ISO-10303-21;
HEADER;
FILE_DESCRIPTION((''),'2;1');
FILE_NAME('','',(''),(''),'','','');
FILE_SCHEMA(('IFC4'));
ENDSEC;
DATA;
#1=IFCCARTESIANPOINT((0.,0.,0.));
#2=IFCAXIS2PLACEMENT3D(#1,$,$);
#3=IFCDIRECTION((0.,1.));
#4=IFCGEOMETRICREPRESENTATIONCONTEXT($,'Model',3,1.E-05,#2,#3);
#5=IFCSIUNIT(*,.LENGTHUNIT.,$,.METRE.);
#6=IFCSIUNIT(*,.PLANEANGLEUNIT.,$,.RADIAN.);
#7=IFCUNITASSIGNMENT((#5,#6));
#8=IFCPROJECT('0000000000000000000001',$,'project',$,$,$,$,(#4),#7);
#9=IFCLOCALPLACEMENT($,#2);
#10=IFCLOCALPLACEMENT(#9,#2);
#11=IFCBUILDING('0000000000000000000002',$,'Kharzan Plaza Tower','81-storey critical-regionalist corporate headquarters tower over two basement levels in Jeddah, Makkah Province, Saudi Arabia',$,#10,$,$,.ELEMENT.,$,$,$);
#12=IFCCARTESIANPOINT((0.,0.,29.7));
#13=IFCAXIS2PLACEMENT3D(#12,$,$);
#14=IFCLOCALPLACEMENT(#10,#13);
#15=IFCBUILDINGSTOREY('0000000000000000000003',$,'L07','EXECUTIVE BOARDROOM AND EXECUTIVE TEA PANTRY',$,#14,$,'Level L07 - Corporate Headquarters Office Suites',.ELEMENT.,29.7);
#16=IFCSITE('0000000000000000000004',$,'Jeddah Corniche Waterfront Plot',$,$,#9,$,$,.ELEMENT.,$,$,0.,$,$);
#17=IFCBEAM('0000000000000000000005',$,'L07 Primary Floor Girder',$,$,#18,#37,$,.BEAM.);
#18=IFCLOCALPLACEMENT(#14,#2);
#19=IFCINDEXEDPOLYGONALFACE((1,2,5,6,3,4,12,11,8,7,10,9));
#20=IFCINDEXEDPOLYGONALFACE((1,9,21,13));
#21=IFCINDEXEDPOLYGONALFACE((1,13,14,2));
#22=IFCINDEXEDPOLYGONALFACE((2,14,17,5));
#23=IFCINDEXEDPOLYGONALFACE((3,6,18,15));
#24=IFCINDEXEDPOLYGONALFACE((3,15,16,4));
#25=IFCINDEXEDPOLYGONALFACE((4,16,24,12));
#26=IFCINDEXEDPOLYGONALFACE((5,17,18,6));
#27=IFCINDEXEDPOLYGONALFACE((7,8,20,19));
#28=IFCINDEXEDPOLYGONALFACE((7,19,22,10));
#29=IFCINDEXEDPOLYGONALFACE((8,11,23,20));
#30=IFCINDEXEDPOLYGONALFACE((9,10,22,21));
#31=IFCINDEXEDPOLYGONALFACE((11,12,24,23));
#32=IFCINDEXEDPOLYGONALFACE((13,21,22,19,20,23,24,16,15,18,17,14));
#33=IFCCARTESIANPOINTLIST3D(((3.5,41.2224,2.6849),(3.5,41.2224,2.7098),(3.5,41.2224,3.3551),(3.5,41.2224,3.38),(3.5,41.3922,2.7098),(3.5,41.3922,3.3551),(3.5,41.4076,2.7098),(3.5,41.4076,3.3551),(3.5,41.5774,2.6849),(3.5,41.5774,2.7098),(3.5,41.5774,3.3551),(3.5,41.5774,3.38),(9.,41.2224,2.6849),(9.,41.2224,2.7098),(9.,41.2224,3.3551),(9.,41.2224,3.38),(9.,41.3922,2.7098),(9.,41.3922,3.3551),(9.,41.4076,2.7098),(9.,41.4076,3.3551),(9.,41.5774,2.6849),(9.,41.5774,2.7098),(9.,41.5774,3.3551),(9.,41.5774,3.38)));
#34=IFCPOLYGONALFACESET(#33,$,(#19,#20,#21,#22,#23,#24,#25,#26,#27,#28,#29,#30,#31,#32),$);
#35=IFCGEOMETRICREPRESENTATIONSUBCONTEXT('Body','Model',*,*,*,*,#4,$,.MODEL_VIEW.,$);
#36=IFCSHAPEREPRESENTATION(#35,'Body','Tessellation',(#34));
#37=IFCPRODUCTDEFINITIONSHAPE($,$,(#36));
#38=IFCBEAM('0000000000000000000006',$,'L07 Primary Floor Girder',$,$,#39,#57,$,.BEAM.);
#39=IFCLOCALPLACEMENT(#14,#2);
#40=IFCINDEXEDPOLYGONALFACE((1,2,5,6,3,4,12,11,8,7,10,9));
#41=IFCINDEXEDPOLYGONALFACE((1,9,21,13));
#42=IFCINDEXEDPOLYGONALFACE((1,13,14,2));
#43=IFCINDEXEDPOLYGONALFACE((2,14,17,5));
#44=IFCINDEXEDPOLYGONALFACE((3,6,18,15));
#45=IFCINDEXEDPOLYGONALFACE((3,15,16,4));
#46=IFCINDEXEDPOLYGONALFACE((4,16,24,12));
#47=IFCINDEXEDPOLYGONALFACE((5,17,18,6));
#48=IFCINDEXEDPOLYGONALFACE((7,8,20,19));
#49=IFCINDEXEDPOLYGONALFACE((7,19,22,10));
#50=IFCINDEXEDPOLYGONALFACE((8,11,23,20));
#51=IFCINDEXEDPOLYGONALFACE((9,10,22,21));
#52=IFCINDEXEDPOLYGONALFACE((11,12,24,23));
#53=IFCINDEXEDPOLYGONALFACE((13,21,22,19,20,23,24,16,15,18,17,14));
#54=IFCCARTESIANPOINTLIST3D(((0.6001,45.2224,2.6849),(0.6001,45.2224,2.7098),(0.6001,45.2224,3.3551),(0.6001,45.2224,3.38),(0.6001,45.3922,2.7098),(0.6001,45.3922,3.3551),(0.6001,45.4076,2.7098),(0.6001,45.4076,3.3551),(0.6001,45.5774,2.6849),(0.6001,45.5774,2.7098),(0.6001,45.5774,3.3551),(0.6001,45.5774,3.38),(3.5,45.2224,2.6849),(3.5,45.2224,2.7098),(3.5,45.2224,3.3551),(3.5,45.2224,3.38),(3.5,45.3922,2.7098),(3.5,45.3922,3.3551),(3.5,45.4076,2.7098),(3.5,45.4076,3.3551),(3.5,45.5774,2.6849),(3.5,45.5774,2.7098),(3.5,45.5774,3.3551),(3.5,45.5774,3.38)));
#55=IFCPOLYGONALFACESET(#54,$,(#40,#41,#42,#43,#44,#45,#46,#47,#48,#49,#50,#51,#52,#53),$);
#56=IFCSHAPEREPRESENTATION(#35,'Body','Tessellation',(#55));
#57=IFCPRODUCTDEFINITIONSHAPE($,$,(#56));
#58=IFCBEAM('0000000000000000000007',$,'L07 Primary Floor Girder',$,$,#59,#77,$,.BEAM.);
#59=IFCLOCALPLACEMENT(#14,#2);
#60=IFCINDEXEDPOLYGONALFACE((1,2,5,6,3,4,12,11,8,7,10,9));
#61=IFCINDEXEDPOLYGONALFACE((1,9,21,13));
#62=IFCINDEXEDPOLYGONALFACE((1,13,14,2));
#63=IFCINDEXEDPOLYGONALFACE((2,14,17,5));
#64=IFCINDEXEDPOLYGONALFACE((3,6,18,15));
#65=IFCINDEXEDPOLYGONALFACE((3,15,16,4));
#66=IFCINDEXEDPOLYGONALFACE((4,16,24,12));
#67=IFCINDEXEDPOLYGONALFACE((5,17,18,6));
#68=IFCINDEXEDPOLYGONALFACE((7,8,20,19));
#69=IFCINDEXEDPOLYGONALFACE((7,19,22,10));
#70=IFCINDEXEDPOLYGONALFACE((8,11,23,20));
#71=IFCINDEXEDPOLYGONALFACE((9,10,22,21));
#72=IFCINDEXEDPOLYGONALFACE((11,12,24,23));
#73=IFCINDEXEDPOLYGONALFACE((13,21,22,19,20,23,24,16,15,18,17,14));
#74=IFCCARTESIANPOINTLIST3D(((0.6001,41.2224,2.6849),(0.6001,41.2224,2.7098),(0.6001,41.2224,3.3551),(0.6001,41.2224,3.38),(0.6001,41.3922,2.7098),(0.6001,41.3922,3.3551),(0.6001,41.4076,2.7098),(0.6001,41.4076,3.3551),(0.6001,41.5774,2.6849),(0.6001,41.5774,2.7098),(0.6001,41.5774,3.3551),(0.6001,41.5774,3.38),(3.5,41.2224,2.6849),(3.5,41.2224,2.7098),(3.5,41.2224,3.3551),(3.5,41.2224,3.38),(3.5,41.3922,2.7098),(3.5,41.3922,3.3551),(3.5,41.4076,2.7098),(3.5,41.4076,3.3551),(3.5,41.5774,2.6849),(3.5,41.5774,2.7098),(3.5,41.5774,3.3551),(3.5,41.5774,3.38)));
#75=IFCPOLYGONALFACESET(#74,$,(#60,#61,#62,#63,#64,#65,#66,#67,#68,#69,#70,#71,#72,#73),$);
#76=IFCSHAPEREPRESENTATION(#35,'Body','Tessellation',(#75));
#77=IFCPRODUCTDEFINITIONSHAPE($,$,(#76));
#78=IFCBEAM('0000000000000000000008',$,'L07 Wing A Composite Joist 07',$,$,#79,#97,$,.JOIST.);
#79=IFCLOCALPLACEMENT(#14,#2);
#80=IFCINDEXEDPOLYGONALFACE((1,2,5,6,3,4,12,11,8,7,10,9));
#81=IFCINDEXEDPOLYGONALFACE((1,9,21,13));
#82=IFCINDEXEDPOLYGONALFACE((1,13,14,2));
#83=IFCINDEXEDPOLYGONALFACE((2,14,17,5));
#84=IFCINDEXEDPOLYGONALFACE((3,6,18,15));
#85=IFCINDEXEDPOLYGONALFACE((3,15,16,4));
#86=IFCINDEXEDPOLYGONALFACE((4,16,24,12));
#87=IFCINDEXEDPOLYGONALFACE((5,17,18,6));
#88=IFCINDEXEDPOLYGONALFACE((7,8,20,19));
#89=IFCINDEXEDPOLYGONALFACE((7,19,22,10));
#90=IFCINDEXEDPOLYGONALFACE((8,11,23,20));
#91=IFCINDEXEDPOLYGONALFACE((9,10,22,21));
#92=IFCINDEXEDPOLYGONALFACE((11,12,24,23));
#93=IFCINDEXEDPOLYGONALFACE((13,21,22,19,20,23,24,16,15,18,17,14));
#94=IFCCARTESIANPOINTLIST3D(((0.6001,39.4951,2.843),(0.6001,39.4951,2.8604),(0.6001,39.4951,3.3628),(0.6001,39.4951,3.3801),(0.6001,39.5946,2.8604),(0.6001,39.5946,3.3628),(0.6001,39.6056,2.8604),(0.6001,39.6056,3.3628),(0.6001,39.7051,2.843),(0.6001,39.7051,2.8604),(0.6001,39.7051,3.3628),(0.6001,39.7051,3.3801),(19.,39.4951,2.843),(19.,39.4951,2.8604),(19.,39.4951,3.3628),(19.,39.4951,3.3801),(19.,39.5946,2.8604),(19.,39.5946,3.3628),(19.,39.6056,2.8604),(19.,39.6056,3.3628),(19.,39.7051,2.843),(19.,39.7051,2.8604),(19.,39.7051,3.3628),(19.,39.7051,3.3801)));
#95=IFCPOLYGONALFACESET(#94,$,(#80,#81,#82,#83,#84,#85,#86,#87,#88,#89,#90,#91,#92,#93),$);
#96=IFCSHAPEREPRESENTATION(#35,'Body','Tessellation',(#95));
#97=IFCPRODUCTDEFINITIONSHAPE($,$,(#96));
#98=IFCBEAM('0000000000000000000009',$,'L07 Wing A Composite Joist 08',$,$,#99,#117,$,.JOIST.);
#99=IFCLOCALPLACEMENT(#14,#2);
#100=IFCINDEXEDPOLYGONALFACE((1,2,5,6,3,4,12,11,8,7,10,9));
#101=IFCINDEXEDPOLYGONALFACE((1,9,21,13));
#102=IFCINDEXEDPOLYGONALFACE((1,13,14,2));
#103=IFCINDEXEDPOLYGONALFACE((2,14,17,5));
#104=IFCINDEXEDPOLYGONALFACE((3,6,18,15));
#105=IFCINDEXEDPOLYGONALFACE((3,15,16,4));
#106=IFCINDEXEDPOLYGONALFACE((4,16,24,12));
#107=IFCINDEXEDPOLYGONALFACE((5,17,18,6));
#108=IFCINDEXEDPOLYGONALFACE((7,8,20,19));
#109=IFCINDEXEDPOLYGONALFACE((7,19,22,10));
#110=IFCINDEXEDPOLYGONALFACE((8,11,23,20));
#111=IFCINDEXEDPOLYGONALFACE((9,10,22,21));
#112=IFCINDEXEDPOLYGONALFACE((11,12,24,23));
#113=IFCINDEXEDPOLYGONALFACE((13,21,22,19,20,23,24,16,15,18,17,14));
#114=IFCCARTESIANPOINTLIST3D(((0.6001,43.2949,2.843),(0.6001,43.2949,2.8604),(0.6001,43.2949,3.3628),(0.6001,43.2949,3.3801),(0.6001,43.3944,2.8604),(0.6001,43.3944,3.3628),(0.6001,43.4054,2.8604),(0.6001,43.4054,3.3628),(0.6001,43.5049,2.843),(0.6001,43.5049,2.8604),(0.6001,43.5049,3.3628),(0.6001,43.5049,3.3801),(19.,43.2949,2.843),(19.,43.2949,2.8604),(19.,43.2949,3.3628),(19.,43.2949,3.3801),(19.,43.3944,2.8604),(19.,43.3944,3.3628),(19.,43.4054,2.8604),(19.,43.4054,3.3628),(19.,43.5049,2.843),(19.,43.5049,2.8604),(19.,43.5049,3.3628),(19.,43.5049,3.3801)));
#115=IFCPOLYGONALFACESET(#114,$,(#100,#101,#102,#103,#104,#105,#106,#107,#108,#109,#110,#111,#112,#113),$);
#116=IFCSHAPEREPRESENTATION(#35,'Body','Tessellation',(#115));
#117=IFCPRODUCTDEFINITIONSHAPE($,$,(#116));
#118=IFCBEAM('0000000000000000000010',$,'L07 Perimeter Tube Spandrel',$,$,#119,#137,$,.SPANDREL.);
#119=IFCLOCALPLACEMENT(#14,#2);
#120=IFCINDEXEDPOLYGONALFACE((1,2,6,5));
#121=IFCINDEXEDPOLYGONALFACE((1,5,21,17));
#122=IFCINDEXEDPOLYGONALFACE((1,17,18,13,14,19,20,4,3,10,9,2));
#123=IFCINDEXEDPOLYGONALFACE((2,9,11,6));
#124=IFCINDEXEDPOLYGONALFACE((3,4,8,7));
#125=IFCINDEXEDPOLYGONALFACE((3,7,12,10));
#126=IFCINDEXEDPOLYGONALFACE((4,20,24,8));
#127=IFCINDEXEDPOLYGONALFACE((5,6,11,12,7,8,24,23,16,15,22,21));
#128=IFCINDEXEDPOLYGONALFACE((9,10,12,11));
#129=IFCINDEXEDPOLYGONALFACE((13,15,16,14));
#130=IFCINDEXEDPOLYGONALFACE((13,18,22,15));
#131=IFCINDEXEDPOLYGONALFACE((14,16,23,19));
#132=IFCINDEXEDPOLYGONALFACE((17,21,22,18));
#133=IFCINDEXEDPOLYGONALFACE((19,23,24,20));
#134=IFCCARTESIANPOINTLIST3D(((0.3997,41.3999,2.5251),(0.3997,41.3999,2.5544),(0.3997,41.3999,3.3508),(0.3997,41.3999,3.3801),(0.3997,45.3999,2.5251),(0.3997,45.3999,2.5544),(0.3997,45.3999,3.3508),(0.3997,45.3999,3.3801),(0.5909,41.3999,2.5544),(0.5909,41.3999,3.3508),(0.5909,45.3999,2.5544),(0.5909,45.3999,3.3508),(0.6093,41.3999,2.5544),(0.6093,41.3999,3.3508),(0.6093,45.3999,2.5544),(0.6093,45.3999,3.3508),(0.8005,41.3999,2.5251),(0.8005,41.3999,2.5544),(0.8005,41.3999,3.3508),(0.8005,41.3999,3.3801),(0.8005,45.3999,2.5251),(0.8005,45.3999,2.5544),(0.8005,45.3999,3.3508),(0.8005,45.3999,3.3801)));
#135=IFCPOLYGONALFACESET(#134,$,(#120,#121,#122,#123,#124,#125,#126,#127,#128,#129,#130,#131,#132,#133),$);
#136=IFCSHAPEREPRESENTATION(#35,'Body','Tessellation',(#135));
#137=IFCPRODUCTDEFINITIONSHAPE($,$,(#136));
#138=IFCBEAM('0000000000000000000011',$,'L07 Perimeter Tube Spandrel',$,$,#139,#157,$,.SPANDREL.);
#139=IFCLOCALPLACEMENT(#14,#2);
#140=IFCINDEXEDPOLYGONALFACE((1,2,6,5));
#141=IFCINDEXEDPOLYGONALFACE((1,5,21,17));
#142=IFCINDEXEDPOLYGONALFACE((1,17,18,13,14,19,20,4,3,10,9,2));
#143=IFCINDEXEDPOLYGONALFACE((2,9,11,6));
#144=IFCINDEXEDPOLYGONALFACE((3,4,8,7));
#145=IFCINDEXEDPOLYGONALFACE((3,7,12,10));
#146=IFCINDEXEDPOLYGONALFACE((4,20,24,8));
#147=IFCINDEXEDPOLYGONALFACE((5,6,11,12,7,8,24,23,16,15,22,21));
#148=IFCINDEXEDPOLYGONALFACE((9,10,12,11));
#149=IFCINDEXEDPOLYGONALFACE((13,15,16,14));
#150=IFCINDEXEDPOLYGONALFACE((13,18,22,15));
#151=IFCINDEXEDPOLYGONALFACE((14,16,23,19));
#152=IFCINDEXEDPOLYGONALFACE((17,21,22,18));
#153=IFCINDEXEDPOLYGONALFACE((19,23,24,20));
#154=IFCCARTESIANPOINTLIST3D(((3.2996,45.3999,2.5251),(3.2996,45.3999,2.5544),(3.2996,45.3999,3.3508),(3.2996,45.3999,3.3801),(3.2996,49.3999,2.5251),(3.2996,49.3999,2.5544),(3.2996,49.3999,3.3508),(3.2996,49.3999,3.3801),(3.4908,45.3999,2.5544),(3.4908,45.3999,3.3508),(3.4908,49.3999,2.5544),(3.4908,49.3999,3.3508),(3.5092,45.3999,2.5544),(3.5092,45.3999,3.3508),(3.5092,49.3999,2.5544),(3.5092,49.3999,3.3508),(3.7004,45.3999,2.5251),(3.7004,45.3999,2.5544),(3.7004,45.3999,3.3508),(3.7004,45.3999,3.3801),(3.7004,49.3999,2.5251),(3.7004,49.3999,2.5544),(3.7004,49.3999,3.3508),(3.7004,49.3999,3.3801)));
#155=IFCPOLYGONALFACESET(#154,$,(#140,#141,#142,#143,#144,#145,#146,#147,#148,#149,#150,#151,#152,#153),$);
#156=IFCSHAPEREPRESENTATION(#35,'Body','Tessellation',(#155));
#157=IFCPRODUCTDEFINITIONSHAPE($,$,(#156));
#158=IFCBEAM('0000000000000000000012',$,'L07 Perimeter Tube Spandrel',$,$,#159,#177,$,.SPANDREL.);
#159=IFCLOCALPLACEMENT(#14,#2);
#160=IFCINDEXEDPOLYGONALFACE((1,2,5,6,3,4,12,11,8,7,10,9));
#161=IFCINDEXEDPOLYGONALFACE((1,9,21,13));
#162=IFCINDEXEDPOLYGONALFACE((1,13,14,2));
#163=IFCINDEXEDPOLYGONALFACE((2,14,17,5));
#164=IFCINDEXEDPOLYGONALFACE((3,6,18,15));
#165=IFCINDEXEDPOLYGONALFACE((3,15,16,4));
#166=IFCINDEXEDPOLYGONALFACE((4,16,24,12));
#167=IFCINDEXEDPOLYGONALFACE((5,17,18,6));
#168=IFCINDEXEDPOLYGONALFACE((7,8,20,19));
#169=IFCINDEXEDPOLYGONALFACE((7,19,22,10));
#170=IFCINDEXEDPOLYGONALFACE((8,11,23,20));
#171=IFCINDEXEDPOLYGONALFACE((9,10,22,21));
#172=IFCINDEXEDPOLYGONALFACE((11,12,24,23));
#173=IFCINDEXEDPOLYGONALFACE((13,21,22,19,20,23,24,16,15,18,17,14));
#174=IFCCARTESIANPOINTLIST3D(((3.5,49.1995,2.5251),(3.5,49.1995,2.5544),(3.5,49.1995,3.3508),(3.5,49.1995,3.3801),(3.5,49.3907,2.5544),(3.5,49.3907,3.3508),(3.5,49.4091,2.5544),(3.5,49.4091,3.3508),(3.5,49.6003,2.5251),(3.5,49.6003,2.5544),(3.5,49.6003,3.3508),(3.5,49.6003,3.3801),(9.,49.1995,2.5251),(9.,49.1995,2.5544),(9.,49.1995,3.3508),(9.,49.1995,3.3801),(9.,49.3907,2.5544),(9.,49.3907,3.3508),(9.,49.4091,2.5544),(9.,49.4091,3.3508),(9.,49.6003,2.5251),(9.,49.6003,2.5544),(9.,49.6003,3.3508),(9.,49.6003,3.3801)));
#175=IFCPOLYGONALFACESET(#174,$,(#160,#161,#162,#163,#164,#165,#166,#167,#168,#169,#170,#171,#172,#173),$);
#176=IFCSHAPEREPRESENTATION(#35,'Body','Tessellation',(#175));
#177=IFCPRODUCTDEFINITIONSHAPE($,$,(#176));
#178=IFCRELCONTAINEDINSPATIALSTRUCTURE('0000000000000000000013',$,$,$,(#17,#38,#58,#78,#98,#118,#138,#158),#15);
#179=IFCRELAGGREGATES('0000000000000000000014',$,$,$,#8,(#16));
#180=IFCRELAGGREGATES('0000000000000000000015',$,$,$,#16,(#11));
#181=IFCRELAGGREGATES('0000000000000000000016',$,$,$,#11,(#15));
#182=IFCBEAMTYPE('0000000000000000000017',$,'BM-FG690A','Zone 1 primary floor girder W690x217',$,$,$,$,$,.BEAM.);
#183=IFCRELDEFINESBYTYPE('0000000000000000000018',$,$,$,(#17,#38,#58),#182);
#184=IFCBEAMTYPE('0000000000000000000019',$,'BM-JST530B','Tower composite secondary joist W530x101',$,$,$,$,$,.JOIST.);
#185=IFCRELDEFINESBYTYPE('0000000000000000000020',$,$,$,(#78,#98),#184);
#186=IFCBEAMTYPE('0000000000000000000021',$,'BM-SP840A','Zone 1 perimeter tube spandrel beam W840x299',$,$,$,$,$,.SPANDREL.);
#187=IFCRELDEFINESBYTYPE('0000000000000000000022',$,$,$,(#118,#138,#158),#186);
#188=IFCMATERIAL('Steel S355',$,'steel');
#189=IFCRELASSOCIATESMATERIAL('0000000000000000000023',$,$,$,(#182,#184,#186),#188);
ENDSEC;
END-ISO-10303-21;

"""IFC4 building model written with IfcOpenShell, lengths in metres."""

from ifc_helpers import new_model, si_unit, direction, frame, origin, origin_2d, place, context, subcontext, project, spatial, i_section, extrude, source, transform, mapped, material, material_profile, profile_set, type_object, element, save


model = new_model("IFC4")

# Units and contexts
model_context = context("Model", 3, precision=1e-05, world=origin(), true_north=direction((0.0, 1.0)))
body_context = subcontext(model_context, "Body", "Model", "MODEL_VIEW")
ifc_project = project(units=[si_unit("LENGTHUNIT", "METRE"), si_unit("PLANEANGLEUNIT", "RADIAN")], contexts=[model_context])

# Site, building, storey
site_placement = place(None, origin())
site = spatial("IfcSite", under=ifc_project, at=site_placement, Name="Jeddah Corniche Waterfront Plot", CompositionType="ELEMENT", RefElevation=0.0)
building_placement = place(site_placement, origin())
building = spatial("IfcBuilding", under=site, at=building_placement, Name="Kharzan Plaza Tower", Description="81-storey critical-regionalist corporate headquarters tower over two basement levels in Jeddah, Makkah Province, Saudi Arabia", CompositionType="ELEMENT")
storey_placement = place(building_placement, frame((0.0, 0.0, 29.7)))
storey = spatial("IfcBuildingStorey", under=building, at=storey_placement, Name="L07", Description="EXECUTIVE BOARDROOM AND EXECUTIVE TEA PANTRY", LongName="Level L07 - Corporate Headquarters Office Suites", CompositionType="ELEMENT", Elevation=29.7)

# Beams
ifc_material_1 = material(Name="Steel S355", Category="steel")
ifc_material_profile_1 = material_profile(ifc_material_1, i_section(OverallWidth=0.355, OverallDepth=0.6951, WebThickness=0.0154, FlangeThickness=0.0249, at=origin_2d()), Name="W690x217")
ifc_profile_set_1 = profile_set([ifc_material_profile_1], Name="Steel S355")
beam_type_1 = type_object("IfcBeamType", Name="BM-FG690A", Description="Zone 1 primary floor girder W690x217", PredefinedType="BEAM", material=ifc_profile_set_1)
shared_shape_1 = source(origin(), body_context, "Body", "SweptSolid", [
    extrude(i_section(OverallWidth=0.355, OverallDepth=0.6951, WebThickness=0.0154, FlangeThickness=0.0249, at=origin_2d()), origin(), (0.0, 0.0, 1.0), 5.5),
])
for number, where, z_axis, x_axis, name in (
    (1, (3.5, 41.3999, 3.0325), (1.0, 0.0, 0.0), (0.0, 1.0, 0.0), "L07 Primary Floor Girder"),
):
    element("IfcBeam", number, at=place(storey_placement, frame(where, z_axis=z_axis, x_axis=x_axis)), inside=storey, type_object=beam_type_1, Name=name, PredefinedType="BEAM", context=body_context, shape_type="MappedRepresentation", body=[
        mapped(shared_shape_1, transform((0.0, 0.0, 0.0), x_axis=(1.0, 0.0, 0.0), y_axis=(0.0, 1.0, 0.0), z_axis=(0.0, 0.0, 1.0))),
    ])
shared_shape_2 = source(origin(), body_context, "Body", "SweptSolid", [
    extrude(i_section(OverallWidth=0.355, OverallDepth=0.6951, WebThickness=0.0154, FlangeThickness=0.0249, at=origin_2d()), origin(), (0.0, 0.0, 1.0), 2.8999),
])
for number, where, z_axis, x_axis, name in (
    (2, (0.6001, 45.3999, 3.0325), (1.0, 0.0, 0.0), (0.0, 1.0, 0.0), "L07 Primary Floor Girder"),
    (3, (0.6001, 41.3999, 3.0325), (1.0, 0.0, 0.0), (0.0, 1.0, 0.0), "L07 Primary Floor Girder"),
):
    element("IfcBeam", number, at=place(storey_placement, frame(where, z_axis=z_axis, x_axis=x_axis)), inside=storey, type_object=beam_type_1, Name=name, PredefinedType="BEAM", context=body_context, shape_type="MappedRepresentation", body=[
        mapped(shared_shape_2, transform((0.0, 0.0, 0.0), x_axis=(1.0, 0.0, 0.0), y_axis=(0.0, 1.0, 0.0), z_axis=(0.0, 0.0, 1.0))),
    ])
ifc_material_profile_2 = material_profile(ifc_material_1, i_section(OverallWidth=0.21, OverallDepth=0.5371, WebThickness=0.011, FlangeThickness=0.0173, at=origin_2d()), Name="W530x101")
ifc_profile_set_2 = profile_set([ifc_material_profile_2], Name="Steel S355")
beam_type_2 = type_object("IfcBeamType", Name="BM-JST530B", Description="Tower composite secondary joist W530x101", PredefinedType="JOIST", material=ifc_profile_set_2)
shared_shape_3 = source(origin(), body_context, "Body", "SweptSolid", [
    extrude(i_section(OverallWidth=0.21, OverallDepth=0.5371, WebThickness=0.011, FlangeThickness=0.0173, at=origin_2d()), origin(), (0.0, 0.0, 1.0), 18.3999),
])
for number, where, z_axis, x_axis, name in (
    (4, (0.6001, 39.6001, 3.1116), (1.0, 0.0, 0.0), (0.0, 1.0, 0.0), "L07 Wing A Composite Joist 07"),
    (5, (0.6001, 43.3999, 3.1116), (1.0, 0.0, 0.0), (0.0, 1.0, 0.0), "L07 Wing A Composite Joist 08"),
):
    element("IfcBeam", number, at=place(storey_placement, frame(where, z_axis=z_axis, x_axis=x_axis)), inside=storey, type_object=beam_type_2, Name=name, PredefinedType="JOIST", context=body_context, shape_type="MappedRepresentation", body=[
        mapped(shared_shape_3, transform((0.0, 0.0, 0.0), x_axis=(1.0, 0.0, 0.0), y_axis=(0.0, 1.0, 0.0), z_axis=(0.0, 0.0, 1.0))),
    ])
ifc_material_profile_3 = material_profile(ifc_material_1, i_section(OverallWidth=0.4009, OverallDepth=0.855, WebThickness=0.0183, FlangeThickness=0.0293, at=origin_2d()), Name="W840x299")
ifc_profile_set_3 = profile_set([ifc_material_profile_3], Name="Steel S355")
beam_type_3 = type_object("IfcBeamType", Name="BM-SP840A", Description="Zone 1 perimeter tube spandrel beam W840x299", PredefinedType="SPANDREL", material=ifc_profile_set_3)
shared_shape_4 = source(origin(), body_context, "Body", "SweptSolid", [
    extrude(i_section(OverallWidth=0.4009, OverallDepth=0.855, WebThickness=0.0183, FlangeThickness=0.0293, at=origin_2d()), origin(), (0.0, 0.0, 1.0), 4.0),
])
for number, where, z_axis, x_axis, name in (
    (6, (0.6001, 41.3999, 2.9526), (0.0, 1.0, 0.0), (-1.0, 0.0, 0.0), "L07 Perimeter Tube Spandrel"),
    (7, (3.5, 45.3999, 2.9526), (0.0, 1.0, 0.0), (-1.0, 0.0, 0.0), "L07 Perimeter Tube Spandrel"),
):
    element("IfcBeam", number, at=place(storey_placement, frame(where, z_axis=z_axis, x_axis=x_axis)), inside=storey, type_object=beam_type_3, Name=name, PredefinedType="SPANDREL", context=body_context, shape_type="MappedRepresentation", body=[
        mapped(shared_shape_4, transform((0.0, 0.0, 0.0), x_axis=(1.0, 0.0, 0.0), y_axis=(0.0, 1.0, 0.0), z_axis=(0.0, 0.0, 1.0))),
    ])
shared_shape_5 = source(origin(), body_context, "Body", "SweptSolid", [
    extrude(i_section(OverallWidth=0.4009, OverallDepth=0.855, WebThickness=0.0183, FlangeThickness=0.0293, at=origin_2d()), origin(), (0.0, 0.0, 1.0), 5.5),
])
beam_1_placement = place(storey_placement, frame((3.5, 49.3999, 2.9526), z_axis=(1.0, 0.0, 0.0), x_axis=(0.0, 1.0, 0.0)))
element("IfcBeam", 8, at=beam_1_placement, inside=storey, type_object=beam_type_3, Name="L07 Perimeter Tube Spandrel", PredefinedType="SPANDREL", context=body_context, shape_type="MappedRepresentation", body=[
    mapped(shared_shape_5, transform((0.0, 0.0, 0.0), x_axis=(1.0, 0.0, 0.0), y_axis=(0.0, 1.0, 0.0), z_axis=(0.0, 0.0, 1.0))),
])

save(model, "model.ifc")
